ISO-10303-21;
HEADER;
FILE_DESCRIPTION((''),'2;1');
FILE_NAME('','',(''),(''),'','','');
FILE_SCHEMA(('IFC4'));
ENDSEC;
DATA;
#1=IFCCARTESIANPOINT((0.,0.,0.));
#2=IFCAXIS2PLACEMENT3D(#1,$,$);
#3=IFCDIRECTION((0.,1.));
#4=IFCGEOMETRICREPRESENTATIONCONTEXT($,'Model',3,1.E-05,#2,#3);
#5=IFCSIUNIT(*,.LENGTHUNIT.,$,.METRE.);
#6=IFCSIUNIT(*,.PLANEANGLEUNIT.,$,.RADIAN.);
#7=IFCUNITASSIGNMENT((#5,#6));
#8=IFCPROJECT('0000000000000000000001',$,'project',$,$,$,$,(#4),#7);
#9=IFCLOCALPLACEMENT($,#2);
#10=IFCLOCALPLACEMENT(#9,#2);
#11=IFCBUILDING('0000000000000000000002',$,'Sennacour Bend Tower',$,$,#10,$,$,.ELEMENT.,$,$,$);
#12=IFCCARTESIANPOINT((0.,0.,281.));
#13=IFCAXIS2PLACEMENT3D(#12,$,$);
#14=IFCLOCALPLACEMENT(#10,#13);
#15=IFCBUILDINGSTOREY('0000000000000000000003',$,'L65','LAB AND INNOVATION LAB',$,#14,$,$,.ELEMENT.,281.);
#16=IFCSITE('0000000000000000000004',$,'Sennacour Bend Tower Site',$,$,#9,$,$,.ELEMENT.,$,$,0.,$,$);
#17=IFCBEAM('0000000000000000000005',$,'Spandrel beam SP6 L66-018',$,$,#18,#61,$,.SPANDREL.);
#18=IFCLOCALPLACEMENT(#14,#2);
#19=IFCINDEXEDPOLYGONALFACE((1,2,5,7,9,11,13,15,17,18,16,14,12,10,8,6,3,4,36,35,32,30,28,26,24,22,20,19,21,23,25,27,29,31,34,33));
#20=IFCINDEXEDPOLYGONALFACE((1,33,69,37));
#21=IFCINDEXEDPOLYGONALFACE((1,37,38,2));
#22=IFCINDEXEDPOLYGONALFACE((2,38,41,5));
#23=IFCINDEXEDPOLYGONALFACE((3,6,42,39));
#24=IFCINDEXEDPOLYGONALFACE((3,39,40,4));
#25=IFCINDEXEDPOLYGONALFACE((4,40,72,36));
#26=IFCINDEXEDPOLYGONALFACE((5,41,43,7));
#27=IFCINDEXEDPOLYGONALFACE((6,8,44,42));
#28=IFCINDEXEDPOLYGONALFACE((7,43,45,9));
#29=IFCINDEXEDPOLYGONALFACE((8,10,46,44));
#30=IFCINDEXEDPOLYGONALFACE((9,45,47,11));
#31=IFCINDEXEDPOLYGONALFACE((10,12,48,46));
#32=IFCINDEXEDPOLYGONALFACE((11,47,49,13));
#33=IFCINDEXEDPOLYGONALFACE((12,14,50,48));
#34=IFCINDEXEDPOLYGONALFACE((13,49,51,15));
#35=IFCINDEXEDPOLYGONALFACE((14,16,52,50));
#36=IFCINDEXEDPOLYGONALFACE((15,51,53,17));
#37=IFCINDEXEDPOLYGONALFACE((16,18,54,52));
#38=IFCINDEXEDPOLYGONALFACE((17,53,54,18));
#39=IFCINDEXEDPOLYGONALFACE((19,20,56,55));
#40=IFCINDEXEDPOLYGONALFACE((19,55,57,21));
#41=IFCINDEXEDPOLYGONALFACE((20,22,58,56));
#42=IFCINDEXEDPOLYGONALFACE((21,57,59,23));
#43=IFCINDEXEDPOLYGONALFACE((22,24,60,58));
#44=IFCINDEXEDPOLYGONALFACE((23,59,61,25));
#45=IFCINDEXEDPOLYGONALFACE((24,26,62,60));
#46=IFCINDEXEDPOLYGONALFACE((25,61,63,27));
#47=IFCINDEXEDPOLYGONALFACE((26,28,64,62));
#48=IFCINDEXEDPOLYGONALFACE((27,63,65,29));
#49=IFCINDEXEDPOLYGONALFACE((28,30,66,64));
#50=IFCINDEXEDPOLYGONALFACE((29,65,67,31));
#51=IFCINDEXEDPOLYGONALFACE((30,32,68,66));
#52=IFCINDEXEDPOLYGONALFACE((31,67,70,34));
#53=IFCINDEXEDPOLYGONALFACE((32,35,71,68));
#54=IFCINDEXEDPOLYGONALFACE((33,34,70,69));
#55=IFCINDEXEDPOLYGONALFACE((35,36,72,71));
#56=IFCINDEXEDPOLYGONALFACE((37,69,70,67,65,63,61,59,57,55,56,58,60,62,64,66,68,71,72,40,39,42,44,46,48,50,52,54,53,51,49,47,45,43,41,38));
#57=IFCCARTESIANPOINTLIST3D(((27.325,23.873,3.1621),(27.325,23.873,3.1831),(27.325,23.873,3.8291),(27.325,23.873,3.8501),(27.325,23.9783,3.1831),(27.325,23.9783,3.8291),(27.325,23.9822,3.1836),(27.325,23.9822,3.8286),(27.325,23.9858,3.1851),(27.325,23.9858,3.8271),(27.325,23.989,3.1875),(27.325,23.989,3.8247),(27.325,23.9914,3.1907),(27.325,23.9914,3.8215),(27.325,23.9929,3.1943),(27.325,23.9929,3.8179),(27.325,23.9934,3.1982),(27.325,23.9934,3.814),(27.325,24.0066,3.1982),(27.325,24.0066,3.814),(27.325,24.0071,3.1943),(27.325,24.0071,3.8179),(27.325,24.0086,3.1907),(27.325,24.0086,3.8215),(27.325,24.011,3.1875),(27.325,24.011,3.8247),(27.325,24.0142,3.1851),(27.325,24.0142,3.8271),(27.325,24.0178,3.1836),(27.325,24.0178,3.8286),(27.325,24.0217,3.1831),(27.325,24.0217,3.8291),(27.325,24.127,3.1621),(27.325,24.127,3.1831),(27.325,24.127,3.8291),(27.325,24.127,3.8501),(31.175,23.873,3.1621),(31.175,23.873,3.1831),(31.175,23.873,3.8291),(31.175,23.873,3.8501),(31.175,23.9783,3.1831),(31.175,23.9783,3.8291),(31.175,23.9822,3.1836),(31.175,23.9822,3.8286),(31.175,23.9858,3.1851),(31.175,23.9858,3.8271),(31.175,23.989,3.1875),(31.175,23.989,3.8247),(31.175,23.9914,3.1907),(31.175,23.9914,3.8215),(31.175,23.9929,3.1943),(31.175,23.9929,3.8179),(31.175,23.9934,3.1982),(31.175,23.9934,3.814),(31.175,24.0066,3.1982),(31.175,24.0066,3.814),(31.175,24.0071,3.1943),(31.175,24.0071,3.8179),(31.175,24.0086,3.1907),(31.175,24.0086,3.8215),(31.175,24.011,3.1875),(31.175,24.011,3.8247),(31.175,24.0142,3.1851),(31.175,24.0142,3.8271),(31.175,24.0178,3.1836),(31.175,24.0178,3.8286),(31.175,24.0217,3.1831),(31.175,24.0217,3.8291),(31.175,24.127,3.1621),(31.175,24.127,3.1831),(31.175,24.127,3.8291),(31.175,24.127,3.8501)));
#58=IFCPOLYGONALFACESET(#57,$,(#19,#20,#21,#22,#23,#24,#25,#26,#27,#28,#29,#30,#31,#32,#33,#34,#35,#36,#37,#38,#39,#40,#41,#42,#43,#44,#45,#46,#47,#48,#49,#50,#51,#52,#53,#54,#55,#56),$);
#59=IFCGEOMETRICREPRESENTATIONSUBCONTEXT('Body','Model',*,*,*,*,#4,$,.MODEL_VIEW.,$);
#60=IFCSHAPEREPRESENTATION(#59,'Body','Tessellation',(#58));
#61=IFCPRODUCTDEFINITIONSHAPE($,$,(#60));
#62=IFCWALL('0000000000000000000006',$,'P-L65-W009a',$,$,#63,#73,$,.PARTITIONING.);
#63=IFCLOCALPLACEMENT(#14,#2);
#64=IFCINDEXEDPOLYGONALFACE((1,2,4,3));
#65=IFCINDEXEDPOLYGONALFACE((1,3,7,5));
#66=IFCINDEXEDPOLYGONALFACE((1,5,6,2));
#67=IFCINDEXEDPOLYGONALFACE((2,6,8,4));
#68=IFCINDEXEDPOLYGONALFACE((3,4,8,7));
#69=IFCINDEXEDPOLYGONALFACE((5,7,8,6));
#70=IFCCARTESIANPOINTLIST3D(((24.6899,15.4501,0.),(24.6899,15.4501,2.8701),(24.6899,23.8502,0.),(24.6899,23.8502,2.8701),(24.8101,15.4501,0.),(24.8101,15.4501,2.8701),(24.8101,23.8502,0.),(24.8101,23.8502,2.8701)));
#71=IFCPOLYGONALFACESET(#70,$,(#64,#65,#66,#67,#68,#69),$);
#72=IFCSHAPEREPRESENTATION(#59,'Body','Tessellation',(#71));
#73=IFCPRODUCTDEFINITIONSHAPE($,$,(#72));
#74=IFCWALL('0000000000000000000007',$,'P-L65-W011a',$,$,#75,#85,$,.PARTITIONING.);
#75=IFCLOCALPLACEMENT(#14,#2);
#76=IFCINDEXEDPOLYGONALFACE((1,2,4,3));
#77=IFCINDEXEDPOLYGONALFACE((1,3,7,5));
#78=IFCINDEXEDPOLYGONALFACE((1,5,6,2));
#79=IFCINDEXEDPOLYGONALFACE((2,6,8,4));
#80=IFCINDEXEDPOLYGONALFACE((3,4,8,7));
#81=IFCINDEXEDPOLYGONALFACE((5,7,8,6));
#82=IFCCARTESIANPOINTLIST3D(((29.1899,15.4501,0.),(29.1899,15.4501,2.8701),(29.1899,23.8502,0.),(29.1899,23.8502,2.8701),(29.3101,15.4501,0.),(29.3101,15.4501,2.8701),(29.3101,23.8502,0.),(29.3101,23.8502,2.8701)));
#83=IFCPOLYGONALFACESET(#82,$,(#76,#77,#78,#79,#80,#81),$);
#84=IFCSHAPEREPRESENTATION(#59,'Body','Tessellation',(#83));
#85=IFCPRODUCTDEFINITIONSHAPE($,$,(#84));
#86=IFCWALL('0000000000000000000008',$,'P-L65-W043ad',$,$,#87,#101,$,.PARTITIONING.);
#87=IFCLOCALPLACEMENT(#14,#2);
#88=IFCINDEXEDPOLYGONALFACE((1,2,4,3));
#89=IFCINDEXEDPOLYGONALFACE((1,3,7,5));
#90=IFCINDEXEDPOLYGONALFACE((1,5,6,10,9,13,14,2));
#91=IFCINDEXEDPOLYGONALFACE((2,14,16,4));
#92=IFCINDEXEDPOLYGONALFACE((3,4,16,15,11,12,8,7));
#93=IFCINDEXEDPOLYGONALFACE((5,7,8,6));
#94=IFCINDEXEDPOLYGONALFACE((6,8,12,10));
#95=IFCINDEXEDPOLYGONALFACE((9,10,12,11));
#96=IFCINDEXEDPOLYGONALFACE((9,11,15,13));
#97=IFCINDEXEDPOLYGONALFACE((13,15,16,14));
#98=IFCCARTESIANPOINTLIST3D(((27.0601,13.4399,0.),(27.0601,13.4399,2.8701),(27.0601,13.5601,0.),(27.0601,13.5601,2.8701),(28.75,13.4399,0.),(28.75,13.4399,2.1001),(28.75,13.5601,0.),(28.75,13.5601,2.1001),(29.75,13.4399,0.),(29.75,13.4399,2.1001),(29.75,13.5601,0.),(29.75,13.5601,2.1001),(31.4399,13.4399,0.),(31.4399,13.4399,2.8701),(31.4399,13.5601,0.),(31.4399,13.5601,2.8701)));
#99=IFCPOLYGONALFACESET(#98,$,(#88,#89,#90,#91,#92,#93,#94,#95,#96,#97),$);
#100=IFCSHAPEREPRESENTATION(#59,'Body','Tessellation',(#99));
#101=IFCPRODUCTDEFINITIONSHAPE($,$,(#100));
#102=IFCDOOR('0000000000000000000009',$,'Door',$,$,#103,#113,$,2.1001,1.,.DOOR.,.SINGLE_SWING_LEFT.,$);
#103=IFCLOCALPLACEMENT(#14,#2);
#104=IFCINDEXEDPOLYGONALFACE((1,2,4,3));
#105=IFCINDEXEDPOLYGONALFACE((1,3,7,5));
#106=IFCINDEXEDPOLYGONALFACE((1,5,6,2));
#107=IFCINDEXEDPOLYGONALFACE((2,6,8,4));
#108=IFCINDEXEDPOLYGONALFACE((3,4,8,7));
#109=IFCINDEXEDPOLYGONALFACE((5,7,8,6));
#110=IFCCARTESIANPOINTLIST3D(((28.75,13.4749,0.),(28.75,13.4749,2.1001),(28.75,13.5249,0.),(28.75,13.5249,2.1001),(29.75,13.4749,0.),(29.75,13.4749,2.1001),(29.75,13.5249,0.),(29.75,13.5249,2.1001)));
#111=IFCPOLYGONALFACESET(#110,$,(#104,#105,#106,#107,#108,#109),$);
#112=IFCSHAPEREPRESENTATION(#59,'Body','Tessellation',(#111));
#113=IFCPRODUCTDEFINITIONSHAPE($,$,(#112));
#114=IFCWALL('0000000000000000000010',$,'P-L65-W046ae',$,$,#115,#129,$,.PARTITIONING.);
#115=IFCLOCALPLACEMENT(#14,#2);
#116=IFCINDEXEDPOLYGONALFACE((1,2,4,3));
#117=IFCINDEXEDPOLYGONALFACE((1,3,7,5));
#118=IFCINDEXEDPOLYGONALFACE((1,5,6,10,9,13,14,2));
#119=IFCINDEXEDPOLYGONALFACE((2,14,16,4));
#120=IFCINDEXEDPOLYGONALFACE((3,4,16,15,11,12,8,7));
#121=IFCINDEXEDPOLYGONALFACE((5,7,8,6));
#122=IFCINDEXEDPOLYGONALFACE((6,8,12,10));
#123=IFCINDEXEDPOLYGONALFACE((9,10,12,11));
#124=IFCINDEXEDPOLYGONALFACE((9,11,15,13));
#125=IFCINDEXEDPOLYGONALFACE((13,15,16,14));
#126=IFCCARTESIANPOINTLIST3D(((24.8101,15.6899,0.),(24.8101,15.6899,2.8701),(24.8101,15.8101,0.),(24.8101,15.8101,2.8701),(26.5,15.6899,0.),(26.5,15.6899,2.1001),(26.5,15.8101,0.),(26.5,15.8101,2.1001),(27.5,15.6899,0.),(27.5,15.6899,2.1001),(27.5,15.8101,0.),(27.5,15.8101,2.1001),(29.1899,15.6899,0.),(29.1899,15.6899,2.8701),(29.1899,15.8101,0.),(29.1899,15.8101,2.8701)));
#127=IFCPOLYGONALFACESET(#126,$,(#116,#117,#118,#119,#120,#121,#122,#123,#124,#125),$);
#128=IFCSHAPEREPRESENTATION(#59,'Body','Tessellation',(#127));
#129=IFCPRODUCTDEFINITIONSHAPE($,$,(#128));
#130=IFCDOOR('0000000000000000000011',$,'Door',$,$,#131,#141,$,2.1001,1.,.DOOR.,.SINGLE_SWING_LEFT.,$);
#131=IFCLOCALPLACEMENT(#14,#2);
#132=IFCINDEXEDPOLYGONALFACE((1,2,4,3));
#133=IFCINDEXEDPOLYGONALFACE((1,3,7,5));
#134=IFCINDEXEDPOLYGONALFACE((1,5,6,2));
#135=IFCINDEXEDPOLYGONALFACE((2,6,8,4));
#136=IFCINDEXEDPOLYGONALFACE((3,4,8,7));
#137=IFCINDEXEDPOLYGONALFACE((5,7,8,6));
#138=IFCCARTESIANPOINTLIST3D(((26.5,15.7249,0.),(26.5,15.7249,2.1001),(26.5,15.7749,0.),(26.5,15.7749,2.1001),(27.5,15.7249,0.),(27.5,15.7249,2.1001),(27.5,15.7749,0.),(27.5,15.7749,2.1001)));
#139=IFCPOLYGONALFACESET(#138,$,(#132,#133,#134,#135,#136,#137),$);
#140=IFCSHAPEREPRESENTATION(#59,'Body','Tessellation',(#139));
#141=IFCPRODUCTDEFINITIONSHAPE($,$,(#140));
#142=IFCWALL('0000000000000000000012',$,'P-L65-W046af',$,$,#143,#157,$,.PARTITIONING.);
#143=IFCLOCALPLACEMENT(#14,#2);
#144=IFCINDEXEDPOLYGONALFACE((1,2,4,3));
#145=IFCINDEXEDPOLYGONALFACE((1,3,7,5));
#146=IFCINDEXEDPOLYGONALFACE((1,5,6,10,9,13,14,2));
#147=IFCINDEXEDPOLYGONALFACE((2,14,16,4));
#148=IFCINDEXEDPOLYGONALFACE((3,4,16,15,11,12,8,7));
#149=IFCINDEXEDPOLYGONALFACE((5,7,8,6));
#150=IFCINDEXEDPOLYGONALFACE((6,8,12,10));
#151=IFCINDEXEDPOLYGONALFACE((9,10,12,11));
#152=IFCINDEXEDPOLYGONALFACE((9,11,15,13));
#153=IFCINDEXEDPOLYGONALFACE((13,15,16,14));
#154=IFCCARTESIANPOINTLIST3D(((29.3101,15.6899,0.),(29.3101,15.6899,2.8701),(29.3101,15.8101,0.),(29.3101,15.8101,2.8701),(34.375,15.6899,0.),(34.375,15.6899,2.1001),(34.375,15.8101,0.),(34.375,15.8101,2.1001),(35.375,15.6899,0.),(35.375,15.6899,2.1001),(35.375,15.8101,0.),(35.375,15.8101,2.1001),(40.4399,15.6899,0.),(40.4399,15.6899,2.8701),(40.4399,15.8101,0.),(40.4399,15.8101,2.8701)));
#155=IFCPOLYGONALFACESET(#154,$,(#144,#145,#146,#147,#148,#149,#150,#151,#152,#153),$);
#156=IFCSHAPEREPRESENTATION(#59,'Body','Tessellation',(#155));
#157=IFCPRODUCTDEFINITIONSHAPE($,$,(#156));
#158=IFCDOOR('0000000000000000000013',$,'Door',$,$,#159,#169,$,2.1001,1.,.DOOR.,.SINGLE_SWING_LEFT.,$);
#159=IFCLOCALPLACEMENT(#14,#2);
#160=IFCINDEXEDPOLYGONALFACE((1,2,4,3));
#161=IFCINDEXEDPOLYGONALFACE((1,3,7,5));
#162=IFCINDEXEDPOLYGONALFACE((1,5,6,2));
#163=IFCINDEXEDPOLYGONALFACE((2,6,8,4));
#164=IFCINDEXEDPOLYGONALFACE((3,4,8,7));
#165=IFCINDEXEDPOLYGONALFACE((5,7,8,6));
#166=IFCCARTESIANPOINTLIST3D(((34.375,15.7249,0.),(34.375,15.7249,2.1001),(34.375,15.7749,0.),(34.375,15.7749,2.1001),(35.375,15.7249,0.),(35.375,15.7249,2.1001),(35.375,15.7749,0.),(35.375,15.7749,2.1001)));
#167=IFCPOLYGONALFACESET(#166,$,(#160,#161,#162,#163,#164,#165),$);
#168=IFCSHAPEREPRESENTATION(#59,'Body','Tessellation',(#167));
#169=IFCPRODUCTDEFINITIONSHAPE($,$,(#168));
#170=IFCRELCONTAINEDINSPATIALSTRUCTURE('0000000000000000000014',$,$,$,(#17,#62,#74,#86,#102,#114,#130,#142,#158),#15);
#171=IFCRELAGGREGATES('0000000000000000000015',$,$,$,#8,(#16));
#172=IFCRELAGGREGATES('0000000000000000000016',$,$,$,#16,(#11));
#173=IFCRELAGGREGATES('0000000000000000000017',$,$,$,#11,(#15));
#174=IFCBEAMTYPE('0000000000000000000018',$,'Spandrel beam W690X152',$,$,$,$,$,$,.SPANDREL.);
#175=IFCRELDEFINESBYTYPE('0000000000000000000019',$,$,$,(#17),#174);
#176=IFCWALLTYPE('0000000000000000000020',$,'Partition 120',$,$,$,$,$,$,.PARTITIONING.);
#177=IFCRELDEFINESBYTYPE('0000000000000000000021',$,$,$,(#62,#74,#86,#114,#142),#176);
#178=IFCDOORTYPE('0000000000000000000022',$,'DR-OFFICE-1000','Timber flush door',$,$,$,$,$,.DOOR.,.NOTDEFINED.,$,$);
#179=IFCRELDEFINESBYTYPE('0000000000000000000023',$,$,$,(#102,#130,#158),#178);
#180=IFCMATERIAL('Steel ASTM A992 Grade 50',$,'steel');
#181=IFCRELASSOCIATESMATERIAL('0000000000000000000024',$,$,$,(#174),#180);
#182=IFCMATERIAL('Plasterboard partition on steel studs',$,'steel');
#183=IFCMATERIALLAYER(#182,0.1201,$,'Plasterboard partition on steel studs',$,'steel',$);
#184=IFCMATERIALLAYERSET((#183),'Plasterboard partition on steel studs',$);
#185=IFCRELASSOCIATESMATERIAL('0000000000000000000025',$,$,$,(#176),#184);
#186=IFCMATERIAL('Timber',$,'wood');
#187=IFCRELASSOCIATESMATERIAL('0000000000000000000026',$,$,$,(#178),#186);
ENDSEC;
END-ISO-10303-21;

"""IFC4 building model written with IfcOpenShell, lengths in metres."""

from ifc_helpers import new_model, si_unit, direction, frame, frame_2d, origin, origin_2d, place, context, subcontext, project, spatial, rectangle, i_section, extrude, material, layer, layer_set, material_profile, profile_set, type_object, element, fill, save


model = new_model("IFC4")

# Units and contexts
model_context = context("Model", 3, precision=1e-05, world=origin(), true_north=direction((0.0, 1.0)))
body_context = subcontext(model_context, "Body", "Model", "MODEL_VIEW")
ifc_project = project(units=[si_unit("LENGTHUNIT", "METRE"), si_unit("PLANEANGLEUNIT", "RADIAN")], contexts=[model_context])

# Site, building, storey
site_placement = place(None, origin())
site = spatial("IfcSite", under=ifc_project, at=site_placement, Name="Sennacour Bend Tower Site", CompositionType="ELEMENT", RefElevation=0.0)
building_placement = place(site_placement, origin())
building = spatial("IfcBuilding", under=site, at=building_placement, Name="Sennacour Bend Tower", CompositionType="ELEMENT")
storey_placement = place(building_placement, frame((0.0, 0.0, 281.0)))
storey = spatial("IfcBuildingStorey", under=building, at=storey_placement, Name="L65", Description="LAB AND INNOVATION LAB", CompositionType="ELEMENT", Elevation=281.0)

# Beam
ifc_material_1 = material(Name="Steel ASTM A992 Grade 50", Category="steel")
ifc_material_profile_1 = material_profile(ifc_material_1, i_section(OverallWidth=0.2539, OverallDepth=0.688, WebThickness=0.0132, FlangeThickness=0.021, FilletRadius=0.0151, at=origin_2d()), Name="Steel ASTM A992 Grade 50", Category="steel")
ifc_profile_set_1 = profile_set([ifc_material_profile_1], Name="Steel ASTM A992 Grade 50")
beam_type = type_object("IfcBeamType", Name="Spandrel beam W690X152", PredefinedType="SPANDREL", material=ifc_profile_set_1)
for number, where, z_axis, x_axis, name in (
    (1, (27.325, 24.0, 3.5061), (1.0, 0.0, 0.0), (0.0, 1.0, 0.0), "Spandrel beam SP6 L66-018"),
):
    element("IfcBeam", number, at=place(storey_placement, frame(where, z_axis=z_axis, x_axis=x_axis)), inside=storey, type_object=beam_type, Name=name, PredefinedType="SPANDREL", context=body_context, shape_type="SweptSolid", body=[
        extrude(i_section(OverallWidth=0.2539, OverallDepth=0.688, WebThickness=0.0132, FlangeThickness=0.021, FilletRadius=0.0151, at=origin_2d()), origin(), (0.0, 0.0, 1.0), 3.8501),
    ])

# Walls
ifc_material_2 = material(Name="Plasterboard partition on steel studs", Category="steel")
ifc_layer_1 = layer(ifc_material_2, 0.1201, Name="Plasterboard partition on steel studs", Category="steel")
ifc_layer_set_1 = layer_set([ifc_layer_1], Name="Plasterboard partition on steel studs")
wall_type_1 = type_object("IfcWallType", Name="Partition 120", PredefinedType="PARTITIONING", material=ifc_layer_set_1)
for number, where, z_axis, x_axis, name in (
    (2, (24.75, 15.45, 0.0), (0.0, 0.0, 1.0), (0.0, 1.0, 0.0), "P-L65-W009a"),
    (3, (29.25, 15.45, 0.0), (0.0, 0.0, 1.0), (0.0, 1.0, 0.0), "P-L65-W011a"),
):
    element("IfcWall", number, at=place(storey_placement, frame(where, z_axis=z_axis, x_axis=x_axis)), inside=storey, type_object=wall_type_1, Name=name, PredefinedType="PARTITIONING", context=body_context, shape_type="SweptSolid", body=[
        extrude(rectangle(XDim=8.4001, YDim=0.1201, at=frame_2d((4.2002, 0.0))), origin(), (0.0, 0.0, 1.0), 2.8701),
    ])

# Walls, openings, doors
wall_1_placement = place(storey_placement, frame((27.0601, 13.5, 0.0), z_axis=(0.0, 0.0, 1.0), x_axis=(1.0, 0.0, 0.0)))
wall_1 = element("IfcWall", 4, at=wall_1_placement, inside=storey, type_object=wall_type_1, Name="P-L65-W043ad", PredefinedType="PARTITIONING", context=body_context, shape_type="SweptSolid", body=[
    extrude(rectangle(XDim=4.3799, YDim=0.1201, at=frame_2d((2.1899, 0.0))), origin(), (0.0, 0.0, 1.0), 2.8701),
])
opening_1_placement = place(wall_1_placement, frame((1.6899, 0.0, 0.0)))
opening_1 = element("IfcOpeningElement", 5, at=opening_1_placement, cuts=wall_1, PredefinedType="OPENING", context=body_context, shape_type="SweptSolid", body=[
    extrude(rectangle(XDim=1.0, YDim=2.1001, at=frame_2d((0.5, 1.05))), frame((0.0, 0.0701, 0.0), z_axis=(0.0, -1.0, 0.0), x_axis=(1.0, 0.0, 0.0)), (0.0, 0.0, 1.0), 0.1401),
])
ifc_material_3 = material(Name="Timber", Category="wood")
door_type = type_object("IfcDoorType", Name="DR-OFFICE-1000", Description="Timber flush door", OperationType="NOTDEFINED", PredefinedType="DOOR", material=ifc_material_3)
door_1_placement = place(opening_1_placement, origin())
door_1 = element("IfcDoor", 6, at=door_1_placement, inside=storey, type_object=door_type, Name="Door", OperationType="SINGLE_SWING_LEFT", OverallHeight=2.1001, OverallWidth=1.0, PredefinedType="DOOR", context=body_context, shape_type="SweptSolid", body=[
    extrude(rectangle(XDim=1.0, YDim=2.1001, at=frame_2d((0.5, 1.05))), frame((0.0, 0.0249, 0.0), z_axis=(0.0, -1.0, 0.0), x_axis=(1.0, 0.0, 0.0)), (0.0, 0.0, 1.0), 0.05),
])
fill(opening_1, door_1)
wall_2_placement = place(storey_placement, frame((24.8101, 15.75, 0.0), z_axis=(0.0, 0.0, 1.0), x_axis=(1.0, 0.0, 0.0)))
wall_2 = element("IfcWall", 7, at=wall_2_placement, inside=storey, type_object=wall_type_1, Name="P-L65-W046ae", PredefinedType="PARTITIONING", context=body_context, shape_type="SweptSolid", body=[
    extrude(rectangle(XDim=4.3799, YDim=0.1201, at=frame_2d((2.1899, 0.0))), origin(), (0.0, 0.0, 1.0), 2.8701),
])
opening_2_placement = place(wall_2_placement, frame((1.6899, 0.0, 0.0)))
opening_2 = element("IfcOpeningElement", 8, at=opening_2_placement, cuts=wall_2, PredefinedType="OPENING", context=body_context, shape_type="SweptSolid", body=[
    extrude(rectangle(XDim=1.0, YDim=2.1001, at=frame_2d((0.5, 1.05))), frame((0.0, 0.0701, 0.0), z_axis=(0.0, -1.0, 0.0), x_axis=(1.0, 0.0, 0.0)), (0.0, 0.0, 1.0), 0.1401),
])
door_2_placement = place(opening_2_placement, origin())
door_2 = element("IfcDoor", 9, at=door_2_placement, inside=storey, type_object=door_type, Name="Door", OperationType="SINGLE_SWING_LEFT", OverallHeight=2.1001, OverallWidth=1.0, PredefinedType="DOOR", context=body_context, shape_type="SweptSolid", body=[
    extrude(rectangle(XDim=1.0, YDim=2.1001, at=frame_2d((0.5, 1.05))), frame((0.0, 0.0249, 0.0), z_axis=(0.0, -1.0, 0.0), x_axis=(1.0, 0.0, 0.0)), (0.0, 0.0, 1.0), 0.05),
])
fill(opening_2, door_2)
wall_3_placement = place(storey_placement, frame((29.3101, 15.75, 0.0), z_axis=(0.0, 0.0, 1.0), x_axis=(1.0, 0.0, 0.0)))
wall_3 = element("IfcWall", 10, at=wall_3_placement, inside=storey, type_object=wall_type_1, Name="P-L65-W046af", PredefinedType="PARTITIONING", context=body_context, shape_type="SweptSolid", body=[
    extrude(rectangle(XDim=11.1299, YDim=0.1201, at=frame_2d((5.5649, 0.0))), origin(), (0.0, 0.0, 1.0), 2.8701),
])
opening_3_placement = place(wall_3_placement, frame((5.0649, 0.0, 0.0)))
opening_3 = element("IfcOpeningElement", 11, at=opening_3_placement, cuts=wall_3, PredefinedType="OPENING", context=body_context, shape_type="SweptSolid", body=[
    extrude(rectangle(XDim=1.0, YDim=2.1001, at=frame_2d((0.5, 1.05))), frame((0.0, 0.0701, 0.0), z_axis=(0.0, -1.0, 0.0), x_axis=(1.0, 0.0, 0.0)), (0.0, 0.0, 1.0), 0.1401),
])
door_3_placement = place(opening_3_placement, origin())
door_3 = element("IfcDoor", 12, at=door_3_placement, inside=storey, type_object=door_type, Name="Door", OperationType="SINGLE_SWING_LEFT", OverallHeight=2.1001, OverallWidth=1.0, PredefinedType="DOOR", context=body_context, shape_type="SweptSolid", body=[
    extrude(rectangle(XDim=1.0, YDim=2.1001, at=frame_2d((0.5, 1.05))), frame((0.0, 0.0249, 0.0), z_axis=(0.0, -1.0, 0.0), x_axis=(1.0, 0.0, 0.0)), (0.0, 0.0, 1.0), 0.05),
])
fill(opening_3, door_3)

save(model, "model.ifc")
